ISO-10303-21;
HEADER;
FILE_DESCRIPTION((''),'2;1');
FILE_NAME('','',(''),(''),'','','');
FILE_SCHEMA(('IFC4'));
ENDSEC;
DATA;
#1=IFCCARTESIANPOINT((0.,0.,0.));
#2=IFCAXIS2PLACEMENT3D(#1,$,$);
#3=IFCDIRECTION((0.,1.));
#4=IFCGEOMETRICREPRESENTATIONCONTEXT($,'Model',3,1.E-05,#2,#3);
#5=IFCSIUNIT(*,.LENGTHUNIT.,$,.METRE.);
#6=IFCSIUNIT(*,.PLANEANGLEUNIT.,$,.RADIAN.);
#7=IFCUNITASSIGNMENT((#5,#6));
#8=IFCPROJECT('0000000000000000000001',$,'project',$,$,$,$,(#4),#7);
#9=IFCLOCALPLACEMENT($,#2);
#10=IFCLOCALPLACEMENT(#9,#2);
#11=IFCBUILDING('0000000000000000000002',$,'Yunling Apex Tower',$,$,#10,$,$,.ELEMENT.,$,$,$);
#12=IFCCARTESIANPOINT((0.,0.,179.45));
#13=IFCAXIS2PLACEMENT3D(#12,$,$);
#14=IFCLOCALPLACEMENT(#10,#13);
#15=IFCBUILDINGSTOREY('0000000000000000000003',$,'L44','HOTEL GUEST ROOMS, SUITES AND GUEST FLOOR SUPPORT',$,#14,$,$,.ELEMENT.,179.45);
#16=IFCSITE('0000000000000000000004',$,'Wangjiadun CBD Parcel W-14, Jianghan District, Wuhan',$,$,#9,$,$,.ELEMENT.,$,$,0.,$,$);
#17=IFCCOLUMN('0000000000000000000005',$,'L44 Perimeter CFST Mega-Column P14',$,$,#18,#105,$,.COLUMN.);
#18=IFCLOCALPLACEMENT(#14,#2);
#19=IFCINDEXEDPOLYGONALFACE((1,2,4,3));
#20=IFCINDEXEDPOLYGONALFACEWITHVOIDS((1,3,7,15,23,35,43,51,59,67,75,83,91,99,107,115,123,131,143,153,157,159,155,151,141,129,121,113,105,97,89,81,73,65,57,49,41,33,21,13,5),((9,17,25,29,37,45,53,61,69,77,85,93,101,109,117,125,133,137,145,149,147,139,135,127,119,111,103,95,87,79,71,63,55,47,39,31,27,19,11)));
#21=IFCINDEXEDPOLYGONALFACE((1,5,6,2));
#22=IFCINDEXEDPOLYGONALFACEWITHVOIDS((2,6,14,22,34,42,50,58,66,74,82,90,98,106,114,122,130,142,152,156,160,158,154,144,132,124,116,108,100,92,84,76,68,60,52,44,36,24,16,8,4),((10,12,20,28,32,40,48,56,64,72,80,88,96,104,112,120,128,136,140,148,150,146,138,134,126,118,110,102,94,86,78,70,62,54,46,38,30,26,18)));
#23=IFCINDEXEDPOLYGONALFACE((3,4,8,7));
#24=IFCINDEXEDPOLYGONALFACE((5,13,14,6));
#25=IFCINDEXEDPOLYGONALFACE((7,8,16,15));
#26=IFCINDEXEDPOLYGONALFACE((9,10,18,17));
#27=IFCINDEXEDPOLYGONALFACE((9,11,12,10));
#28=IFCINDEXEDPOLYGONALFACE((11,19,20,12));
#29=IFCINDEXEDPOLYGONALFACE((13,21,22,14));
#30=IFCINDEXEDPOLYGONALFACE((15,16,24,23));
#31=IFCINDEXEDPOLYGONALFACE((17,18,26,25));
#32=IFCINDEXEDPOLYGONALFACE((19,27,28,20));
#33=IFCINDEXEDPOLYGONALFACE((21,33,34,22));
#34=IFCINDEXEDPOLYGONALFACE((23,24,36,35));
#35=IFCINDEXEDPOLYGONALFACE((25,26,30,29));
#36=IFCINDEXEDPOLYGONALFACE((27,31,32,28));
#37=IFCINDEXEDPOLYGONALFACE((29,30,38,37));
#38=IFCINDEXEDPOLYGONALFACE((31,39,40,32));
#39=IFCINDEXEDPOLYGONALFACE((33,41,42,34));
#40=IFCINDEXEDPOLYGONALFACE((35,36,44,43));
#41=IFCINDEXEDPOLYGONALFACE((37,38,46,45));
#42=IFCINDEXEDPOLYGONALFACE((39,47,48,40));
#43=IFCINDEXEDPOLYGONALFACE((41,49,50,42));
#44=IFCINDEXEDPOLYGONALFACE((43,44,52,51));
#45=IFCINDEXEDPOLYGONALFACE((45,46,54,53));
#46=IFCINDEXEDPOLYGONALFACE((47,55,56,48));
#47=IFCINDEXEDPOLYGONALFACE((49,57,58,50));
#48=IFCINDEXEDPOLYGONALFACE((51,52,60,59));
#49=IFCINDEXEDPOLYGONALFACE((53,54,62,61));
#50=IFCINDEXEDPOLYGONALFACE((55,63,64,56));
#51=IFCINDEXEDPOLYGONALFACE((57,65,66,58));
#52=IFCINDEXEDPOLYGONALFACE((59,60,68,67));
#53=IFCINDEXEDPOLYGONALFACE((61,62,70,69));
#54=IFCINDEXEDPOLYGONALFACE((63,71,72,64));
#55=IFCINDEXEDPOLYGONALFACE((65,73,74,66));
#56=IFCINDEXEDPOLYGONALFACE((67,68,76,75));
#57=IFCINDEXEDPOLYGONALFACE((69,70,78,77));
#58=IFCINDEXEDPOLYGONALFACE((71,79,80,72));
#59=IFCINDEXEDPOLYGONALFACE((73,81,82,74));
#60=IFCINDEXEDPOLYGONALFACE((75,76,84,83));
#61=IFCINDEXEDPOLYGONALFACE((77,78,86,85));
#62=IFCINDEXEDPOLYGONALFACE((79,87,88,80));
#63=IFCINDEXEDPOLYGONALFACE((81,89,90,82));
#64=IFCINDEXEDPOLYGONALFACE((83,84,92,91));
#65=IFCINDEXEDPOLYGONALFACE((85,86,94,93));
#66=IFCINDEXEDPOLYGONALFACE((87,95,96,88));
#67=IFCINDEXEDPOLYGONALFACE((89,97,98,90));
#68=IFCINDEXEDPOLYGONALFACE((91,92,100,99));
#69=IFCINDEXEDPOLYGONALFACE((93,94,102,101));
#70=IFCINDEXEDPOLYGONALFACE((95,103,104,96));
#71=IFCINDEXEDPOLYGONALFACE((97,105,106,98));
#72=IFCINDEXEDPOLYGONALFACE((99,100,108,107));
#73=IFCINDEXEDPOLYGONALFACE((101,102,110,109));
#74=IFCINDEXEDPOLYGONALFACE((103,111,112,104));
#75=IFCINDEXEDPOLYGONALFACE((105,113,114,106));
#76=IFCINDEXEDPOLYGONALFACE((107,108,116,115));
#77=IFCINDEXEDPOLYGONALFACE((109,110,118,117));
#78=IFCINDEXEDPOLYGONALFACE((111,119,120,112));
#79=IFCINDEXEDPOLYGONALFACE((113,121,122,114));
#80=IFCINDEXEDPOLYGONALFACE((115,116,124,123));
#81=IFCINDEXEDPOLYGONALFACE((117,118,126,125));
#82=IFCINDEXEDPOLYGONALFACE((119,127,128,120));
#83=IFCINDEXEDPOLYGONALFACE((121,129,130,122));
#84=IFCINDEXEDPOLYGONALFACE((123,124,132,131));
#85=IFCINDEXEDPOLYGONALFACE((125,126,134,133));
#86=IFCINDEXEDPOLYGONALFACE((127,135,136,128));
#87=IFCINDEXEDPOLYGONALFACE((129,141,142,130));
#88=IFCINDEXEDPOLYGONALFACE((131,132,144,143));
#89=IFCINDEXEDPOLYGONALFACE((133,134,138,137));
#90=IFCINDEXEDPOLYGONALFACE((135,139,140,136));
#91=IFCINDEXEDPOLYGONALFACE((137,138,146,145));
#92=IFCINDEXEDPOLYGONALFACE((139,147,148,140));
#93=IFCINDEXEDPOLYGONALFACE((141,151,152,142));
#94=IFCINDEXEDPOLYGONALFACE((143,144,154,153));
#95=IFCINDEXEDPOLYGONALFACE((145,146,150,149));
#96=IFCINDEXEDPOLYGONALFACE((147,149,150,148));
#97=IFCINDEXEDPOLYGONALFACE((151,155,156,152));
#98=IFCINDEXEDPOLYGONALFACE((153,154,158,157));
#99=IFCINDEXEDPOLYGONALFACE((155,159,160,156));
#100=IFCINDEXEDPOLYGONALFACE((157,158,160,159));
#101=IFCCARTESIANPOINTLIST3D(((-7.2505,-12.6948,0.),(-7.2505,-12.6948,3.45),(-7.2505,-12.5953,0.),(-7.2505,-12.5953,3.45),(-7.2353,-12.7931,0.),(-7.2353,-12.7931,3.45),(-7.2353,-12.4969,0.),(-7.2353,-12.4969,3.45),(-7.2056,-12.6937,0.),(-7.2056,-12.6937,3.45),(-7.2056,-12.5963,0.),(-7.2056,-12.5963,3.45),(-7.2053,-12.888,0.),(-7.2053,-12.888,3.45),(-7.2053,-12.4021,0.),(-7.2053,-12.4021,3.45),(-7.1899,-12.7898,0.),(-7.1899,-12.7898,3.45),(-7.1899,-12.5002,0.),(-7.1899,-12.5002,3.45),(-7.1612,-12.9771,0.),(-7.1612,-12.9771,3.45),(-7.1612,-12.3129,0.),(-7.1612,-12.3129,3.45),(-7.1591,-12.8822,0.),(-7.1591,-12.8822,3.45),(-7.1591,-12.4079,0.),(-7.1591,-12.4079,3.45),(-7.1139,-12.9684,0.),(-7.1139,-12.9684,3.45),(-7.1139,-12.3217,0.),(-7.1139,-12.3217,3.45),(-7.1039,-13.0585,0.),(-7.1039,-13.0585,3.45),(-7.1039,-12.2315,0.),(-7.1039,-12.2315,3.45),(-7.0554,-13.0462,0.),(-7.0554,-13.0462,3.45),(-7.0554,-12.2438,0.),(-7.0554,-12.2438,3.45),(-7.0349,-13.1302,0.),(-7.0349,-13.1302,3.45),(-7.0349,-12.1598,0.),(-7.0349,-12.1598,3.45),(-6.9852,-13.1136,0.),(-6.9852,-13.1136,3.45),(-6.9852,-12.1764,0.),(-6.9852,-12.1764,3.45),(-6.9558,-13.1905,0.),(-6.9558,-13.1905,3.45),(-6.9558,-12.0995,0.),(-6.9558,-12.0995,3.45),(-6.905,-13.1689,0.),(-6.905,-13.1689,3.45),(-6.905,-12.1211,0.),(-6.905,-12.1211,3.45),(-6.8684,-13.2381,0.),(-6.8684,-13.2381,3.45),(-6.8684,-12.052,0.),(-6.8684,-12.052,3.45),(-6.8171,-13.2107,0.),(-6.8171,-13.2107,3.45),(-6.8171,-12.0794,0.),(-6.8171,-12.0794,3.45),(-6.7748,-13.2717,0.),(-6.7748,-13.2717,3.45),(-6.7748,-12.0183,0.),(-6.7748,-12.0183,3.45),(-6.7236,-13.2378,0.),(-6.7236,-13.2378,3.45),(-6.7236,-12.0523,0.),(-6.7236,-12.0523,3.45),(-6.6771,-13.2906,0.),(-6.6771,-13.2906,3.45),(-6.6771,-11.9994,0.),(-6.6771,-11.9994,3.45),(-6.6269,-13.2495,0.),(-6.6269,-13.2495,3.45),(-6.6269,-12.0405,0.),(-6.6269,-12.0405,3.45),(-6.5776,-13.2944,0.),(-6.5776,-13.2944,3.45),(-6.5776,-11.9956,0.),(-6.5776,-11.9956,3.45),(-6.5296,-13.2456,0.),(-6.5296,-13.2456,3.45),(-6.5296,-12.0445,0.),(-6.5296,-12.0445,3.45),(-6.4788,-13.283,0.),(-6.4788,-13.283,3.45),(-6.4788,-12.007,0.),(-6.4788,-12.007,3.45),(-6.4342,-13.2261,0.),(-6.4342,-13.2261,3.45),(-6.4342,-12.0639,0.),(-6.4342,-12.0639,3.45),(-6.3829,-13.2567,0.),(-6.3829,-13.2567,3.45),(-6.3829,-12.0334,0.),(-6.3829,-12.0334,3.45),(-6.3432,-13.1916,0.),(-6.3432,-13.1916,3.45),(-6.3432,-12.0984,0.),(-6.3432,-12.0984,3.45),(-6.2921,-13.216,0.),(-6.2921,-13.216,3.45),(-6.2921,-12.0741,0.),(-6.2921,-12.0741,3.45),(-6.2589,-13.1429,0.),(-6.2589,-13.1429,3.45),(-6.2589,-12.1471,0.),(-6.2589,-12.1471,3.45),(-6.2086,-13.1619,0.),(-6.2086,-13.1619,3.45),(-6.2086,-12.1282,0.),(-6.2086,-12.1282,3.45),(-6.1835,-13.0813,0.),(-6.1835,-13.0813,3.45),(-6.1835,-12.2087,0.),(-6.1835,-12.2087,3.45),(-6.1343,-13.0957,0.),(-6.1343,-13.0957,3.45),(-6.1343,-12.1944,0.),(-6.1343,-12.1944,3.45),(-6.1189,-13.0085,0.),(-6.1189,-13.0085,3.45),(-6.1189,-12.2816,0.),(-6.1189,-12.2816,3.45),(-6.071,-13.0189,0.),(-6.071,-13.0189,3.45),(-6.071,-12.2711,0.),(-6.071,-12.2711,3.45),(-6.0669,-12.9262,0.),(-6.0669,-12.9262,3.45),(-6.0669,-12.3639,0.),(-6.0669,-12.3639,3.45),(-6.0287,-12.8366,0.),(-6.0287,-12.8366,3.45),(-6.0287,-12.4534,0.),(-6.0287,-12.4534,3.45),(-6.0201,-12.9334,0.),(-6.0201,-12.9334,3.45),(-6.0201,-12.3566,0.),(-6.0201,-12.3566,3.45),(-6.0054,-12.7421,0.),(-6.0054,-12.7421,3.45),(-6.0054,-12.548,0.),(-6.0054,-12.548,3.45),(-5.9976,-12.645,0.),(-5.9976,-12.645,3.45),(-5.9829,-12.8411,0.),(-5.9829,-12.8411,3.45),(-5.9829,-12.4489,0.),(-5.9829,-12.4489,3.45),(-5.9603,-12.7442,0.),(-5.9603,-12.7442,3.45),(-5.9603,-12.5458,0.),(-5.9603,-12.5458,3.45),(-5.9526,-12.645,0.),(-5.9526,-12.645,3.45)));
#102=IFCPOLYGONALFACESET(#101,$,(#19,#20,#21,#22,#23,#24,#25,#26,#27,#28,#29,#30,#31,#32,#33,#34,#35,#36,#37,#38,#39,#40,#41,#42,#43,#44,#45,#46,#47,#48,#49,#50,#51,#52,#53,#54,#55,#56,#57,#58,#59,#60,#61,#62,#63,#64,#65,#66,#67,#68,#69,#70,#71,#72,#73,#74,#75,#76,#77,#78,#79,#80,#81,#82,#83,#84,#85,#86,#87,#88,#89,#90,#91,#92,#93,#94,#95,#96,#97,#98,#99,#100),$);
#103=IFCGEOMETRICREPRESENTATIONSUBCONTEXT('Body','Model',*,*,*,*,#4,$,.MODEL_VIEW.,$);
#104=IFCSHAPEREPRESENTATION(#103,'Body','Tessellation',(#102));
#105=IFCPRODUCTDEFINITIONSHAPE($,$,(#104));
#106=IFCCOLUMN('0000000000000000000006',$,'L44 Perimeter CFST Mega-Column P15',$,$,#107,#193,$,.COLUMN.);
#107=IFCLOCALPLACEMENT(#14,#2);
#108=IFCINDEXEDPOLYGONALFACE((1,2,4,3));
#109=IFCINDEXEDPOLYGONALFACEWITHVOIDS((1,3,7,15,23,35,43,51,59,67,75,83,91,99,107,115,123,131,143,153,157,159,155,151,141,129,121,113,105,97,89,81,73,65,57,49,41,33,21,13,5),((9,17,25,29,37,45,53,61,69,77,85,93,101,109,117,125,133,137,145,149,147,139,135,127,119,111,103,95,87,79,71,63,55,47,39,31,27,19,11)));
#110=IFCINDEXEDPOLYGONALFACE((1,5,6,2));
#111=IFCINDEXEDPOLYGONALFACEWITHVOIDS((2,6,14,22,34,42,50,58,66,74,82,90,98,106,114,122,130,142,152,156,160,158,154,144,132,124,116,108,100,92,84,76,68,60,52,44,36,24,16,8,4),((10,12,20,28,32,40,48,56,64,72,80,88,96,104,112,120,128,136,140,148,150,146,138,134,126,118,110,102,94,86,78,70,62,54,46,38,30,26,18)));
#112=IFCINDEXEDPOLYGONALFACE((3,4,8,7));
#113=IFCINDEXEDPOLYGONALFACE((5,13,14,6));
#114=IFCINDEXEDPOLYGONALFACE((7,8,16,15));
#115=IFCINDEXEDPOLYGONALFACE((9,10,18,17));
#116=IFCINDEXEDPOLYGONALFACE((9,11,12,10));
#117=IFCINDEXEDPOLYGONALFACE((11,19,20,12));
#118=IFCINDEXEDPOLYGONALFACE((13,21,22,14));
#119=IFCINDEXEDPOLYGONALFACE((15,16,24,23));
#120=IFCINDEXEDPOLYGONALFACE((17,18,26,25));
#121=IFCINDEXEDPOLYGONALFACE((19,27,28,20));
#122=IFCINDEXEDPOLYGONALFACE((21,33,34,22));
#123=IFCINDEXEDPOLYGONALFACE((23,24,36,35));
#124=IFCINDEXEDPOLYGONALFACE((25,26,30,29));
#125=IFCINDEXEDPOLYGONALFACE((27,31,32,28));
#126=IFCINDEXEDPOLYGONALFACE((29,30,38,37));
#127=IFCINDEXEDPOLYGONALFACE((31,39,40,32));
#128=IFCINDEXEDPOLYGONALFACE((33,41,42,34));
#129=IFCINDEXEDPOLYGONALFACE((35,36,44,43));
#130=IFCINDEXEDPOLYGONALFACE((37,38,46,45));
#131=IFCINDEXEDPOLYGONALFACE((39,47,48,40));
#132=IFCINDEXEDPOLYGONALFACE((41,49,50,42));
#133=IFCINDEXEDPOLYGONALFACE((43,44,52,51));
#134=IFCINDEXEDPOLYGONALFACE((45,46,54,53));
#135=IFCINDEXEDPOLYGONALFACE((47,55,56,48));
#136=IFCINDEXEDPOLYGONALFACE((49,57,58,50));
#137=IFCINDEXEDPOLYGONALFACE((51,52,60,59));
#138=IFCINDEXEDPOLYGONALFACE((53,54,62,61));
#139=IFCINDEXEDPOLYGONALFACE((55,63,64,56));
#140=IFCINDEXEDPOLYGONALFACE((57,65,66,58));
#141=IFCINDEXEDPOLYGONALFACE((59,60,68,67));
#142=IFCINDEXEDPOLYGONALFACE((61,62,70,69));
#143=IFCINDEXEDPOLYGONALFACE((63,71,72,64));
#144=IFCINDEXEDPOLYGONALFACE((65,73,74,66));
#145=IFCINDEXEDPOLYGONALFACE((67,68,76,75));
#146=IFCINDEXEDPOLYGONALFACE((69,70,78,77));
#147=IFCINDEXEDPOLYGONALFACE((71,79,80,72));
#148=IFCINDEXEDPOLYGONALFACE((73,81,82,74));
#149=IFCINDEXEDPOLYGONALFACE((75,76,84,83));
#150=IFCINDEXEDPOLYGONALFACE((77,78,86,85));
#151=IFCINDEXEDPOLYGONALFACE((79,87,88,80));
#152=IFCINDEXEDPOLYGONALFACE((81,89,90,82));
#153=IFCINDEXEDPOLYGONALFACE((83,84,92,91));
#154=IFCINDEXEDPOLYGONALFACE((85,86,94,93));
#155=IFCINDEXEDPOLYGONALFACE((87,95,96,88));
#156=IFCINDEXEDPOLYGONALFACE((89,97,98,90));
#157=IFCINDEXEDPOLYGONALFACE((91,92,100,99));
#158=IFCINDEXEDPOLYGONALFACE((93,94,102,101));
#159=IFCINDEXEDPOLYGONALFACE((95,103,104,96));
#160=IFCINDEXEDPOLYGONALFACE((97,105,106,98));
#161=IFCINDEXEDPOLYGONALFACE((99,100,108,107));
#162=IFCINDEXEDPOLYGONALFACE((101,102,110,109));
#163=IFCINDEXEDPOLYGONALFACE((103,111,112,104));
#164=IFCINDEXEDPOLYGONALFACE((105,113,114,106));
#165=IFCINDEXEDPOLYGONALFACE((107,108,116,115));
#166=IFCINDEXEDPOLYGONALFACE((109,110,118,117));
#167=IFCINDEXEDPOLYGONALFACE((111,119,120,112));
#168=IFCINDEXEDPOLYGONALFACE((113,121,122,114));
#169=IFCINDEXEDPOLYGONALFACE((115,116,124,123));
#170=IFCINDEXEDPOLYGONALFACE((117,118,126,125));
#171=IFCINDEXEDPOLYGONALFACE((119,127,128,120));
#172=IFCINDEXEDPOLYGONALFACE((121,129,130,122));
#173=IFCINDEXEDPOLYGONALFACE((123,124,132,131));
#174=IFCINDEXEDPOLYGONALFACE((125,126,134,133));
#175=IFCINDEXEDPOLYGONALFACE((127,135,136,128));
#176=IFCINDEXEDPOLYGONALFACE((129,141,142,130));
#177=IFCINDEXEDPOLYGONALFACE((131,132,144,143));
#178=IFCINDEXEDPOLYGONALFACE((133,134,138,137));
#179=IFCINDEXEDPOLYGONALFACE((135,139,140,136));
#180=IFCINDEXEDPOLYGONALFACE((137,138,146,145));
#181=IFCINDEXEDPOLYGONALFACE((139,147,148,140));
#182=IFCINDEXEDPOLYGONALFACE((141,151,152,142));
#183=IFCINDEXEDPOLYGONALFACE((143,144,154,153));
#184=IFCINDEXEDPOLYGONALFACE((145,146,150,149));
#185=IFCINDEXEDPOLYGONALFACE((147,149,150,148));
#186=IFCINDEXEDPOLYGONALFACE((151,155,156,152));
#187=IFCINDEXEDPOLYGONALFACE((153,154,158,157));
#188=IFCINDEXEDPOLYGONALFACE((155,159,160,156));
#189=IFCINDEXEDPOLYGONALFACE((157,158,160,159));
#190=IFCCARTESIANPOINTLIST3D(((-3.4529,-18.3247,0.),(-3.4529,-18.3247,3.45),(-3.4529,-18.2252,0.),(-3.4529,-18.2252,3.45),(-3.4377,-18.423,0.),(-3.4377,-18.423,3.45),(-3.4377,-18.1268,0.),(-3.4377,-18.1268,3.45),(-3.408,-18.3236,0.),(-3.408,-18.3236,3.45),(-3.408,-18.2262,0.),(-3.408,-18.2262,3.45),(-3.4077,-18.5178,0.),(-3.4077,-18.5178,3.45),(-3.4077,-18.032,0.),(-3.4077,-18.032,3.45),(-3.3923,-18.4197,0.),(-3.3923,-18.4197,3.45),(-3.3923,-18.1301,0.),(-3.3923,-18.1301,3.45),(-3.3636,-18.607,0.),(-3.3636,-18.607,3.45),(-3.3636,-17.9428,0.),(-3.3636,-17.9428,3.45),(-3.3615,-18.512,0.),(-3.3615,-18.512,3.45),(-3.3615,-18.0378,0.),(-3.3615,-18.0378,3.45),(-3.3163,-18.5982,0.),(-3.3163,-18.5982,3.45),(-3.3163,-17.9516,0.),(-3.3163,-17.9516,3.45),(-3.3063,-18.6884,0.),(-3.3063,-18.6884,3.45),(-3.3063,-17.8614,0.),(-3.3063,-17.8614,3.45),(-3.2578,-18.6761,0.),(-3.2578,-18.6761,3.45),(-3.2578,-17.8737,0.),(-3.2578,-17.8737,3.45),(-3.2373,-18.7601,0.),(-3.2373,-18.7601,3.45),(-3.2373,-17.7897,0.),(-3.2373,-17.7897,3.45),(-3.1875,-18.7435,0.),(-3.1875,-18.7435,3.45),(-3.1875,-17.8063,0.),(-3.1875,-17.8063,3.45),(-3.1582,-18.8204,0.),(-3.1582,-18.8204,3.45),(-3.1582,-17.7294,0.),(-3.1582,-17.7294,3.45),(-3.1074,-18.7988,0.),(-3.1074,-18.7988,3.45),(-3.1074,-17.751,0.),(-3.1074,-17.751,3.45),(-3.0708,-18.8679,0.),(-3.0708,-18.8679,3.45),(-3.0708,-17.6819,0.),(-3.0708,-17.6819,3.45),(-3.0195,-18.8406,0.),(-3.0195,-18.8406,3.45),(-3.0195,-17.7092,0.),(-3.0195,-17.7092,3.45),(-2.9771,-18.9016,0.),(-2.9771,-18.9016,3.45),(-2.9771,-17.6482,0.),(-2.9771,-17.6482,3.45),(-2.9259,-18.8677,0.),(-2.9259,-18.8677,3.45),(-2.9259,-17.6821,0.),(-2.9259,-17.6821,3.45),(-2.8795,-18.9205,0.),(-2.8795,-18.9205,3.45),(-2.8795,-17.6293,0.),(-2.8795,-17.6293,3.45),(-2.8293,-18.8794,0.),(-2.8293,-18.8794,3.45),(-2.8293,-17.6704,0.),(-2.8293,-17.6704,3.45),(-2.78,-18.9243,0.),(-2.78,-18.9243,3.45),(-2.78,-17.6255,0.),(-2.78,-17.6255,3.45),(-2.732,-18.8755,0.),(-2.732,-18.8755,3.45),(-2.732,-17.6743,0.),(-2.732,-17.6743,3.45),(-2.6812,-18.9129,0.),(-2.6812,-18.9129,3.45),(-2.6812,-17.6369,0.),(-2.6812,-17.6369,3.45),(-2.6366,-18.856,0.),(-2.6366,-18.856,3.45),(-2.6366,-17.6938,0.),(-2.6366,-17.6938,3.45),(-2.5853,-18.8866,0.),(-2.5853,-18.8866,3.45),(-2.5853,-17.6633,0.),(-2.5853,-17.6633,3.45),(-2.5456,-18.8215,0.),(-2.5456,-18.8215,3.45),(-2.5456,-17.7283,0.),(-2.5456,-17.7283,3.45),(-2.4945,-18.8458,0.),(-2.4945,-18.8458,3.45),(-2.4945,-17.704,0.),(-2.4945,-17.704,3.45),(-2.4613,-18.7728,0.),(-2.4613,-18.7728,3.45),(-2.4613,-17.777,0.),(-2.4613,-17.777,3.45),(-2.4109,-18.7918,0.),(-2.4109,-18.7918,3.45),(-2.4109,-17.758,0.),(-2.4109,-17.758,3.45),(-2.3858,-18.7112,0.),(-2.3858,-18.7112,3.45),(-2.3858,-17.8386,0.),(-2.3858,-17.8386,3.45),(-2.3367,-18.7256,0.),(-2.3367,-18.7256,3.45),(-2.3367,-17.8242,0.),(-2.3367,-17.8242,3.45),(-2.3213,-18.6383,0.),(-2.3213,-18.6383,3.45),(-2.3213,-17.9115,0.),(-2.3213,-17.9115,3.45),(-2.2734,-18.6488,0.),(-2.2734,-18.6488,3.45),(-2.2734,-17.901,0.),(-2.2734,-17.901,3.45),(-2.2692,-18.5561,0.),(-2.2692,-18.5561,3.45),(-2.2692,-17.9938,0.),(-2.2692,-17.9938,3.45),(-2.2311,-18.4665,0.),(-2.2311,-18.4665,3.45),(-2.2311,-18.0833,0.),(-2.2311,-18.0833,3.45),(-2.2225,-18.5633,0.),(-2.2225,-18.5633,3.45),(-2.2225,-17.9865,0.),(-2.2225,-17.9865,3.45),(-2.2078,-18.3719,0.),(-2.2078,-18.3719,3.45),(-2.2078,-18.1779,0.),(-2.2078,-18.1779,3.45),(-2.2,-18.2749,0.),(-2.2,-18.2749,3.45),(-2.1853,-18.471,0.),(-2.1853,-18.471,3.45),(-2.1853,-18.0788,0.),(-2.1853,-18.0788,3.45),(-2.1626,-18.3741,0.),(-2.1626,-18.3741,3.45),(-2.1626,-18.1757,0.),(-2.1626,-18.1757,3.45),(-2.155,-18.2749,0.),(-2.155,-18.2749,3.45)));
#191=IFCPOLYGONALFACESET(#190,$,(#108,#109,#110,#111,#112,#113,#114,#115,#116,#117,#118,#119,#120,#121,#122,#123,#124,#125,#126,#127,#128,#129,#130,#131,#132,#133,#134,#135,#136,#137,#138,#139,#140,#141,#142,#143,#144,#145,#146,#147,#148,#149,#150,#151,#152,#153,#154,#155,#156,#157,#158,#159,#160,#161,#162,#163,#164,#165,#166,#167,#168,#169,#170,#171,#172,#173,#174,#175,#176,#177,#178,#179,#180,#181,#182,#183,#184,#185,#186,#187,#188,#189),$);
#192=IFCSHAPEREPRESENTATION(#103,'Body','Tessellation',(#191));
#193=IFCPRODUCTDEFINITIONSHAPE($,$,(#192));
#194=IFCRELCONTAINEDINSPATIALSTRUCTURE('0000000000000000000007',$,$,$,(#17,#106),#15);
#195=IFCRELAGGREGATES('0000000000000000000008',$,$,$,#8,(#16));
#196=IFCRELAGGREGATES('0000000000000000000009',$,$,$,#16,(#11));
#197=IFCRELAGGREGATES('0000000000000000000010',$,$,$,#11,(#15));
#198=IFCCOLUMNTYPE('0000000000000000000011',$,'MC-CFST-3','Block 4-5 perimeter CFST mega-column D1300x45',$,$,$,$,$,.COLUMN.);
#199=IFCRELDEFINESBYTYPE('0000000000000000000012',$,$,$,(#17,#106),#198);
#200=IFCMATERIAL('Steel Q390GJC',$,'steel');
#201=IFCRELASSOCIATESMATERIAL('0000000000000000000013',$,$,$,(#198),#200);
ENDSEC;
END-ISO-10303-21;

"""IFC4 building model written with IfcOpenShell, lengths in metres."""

from ifc_helpers import new_model, si_unit, direction, frame, origin, origin_2d, place, context, subcontext, project, spatial, hollow_circle, extrude, source, transform, mapped, material, material_profile, profile_set, type_object, element, save


model = new_model("IFC4")

# Units and contexts
model_context = context("Model", 3, precision=1e-05, world=origin(), true_north=direction((0.0, 1.0)))
body_context = subcontext(model_context, "Body", "Model", "MODEL_VIEW")
ifc_project = project(units=[si_unit("LENGTHUNIT", "METRE"), si_unit("PLANEANGLEUNIT", "RADIAN")], contexts=[model_context])

# Site, building, storey
site_placement = place(None, origin())
site = spatial("IfcSite", under=ifc_project, at=site_placement, Name="Wangjiadun CBD Parcel W-14, Jianghan District, Wuhan", CompositionType="ELEMENT", RefElevation=0.0)
building_placement = place(site_placement, origin())
building = spatial("IfcBuilding", under=site, at=building_placement, Name="Yunling Apex Tower", CompositionType="ELEMENT")
storey_placement = place(building_placement, frame((0.0, 0.0, 179.45)))
storey = spatial("IfcBuildingStorey", under=building, at=storey_placement, Name="L44", Description="HOTEL GUEST ROOMS, SUITES AND GUEST FLOOR SUPPORT", CompositionType="ELEMENT", Elevation=179.45)

# Columns
ifc_material_1 = material(Name="Steel Q390GJC", Category="steel")
ifc_material_profile_1 = material_profile(ifc_material_1, hollow_circle(Radius=0.6499, WallThickness=0.0449, at=origin_2d()))
ifc_profile_set_1 = profile_set([ifc_material_profile_1], Name="Steel Q390GJC")
column_type = type_object("IfcColumnType", Name="MC-CFST-3", Description="Block 4-5 perimeter CFST mega-column D1300x45", PredefinedType="COLUMN", material=ifc_profile_set_1)
shared_shape_1 = source(origin(), body_context, "Body", "SweptSolid", [
    extrude(hollow_circle(Radius=0.6499, WallThickness=0.0449, at=origin_2d()), origin(), (0.0, 0.0, 1.0), 3.45),
])
for number, where, z_axis, x_axis, name in (
    (1, (-6.6025, -12.645, 0.0), (0.0, 0.0, 1.0), (1.0, 0.0, 0.0), "L44 Perimeter CFST Mega-Column P14"),
    (2, (-2.8049, -18.2749, 0.0), (0.0, 0.0, 1.0), (1.0, 0.0, 0.0), "L44 Perimeter CFST Mega-Column P15"),
):
    element("IfcColumn", number, at=place(storey_placement, frame(where, z_axis=z_axis, x_axis=x_axis)), inside=storey, type_object=column_type, Name=name, PredefinedType="COLUMN", context=body_context, shape_type="MappedRepresentation", body=[
        mapped(shared_shape_1, transform((0.0, 0.0, 0.0), scale=1.0)),
    ])

save(model, "model.ifc")
